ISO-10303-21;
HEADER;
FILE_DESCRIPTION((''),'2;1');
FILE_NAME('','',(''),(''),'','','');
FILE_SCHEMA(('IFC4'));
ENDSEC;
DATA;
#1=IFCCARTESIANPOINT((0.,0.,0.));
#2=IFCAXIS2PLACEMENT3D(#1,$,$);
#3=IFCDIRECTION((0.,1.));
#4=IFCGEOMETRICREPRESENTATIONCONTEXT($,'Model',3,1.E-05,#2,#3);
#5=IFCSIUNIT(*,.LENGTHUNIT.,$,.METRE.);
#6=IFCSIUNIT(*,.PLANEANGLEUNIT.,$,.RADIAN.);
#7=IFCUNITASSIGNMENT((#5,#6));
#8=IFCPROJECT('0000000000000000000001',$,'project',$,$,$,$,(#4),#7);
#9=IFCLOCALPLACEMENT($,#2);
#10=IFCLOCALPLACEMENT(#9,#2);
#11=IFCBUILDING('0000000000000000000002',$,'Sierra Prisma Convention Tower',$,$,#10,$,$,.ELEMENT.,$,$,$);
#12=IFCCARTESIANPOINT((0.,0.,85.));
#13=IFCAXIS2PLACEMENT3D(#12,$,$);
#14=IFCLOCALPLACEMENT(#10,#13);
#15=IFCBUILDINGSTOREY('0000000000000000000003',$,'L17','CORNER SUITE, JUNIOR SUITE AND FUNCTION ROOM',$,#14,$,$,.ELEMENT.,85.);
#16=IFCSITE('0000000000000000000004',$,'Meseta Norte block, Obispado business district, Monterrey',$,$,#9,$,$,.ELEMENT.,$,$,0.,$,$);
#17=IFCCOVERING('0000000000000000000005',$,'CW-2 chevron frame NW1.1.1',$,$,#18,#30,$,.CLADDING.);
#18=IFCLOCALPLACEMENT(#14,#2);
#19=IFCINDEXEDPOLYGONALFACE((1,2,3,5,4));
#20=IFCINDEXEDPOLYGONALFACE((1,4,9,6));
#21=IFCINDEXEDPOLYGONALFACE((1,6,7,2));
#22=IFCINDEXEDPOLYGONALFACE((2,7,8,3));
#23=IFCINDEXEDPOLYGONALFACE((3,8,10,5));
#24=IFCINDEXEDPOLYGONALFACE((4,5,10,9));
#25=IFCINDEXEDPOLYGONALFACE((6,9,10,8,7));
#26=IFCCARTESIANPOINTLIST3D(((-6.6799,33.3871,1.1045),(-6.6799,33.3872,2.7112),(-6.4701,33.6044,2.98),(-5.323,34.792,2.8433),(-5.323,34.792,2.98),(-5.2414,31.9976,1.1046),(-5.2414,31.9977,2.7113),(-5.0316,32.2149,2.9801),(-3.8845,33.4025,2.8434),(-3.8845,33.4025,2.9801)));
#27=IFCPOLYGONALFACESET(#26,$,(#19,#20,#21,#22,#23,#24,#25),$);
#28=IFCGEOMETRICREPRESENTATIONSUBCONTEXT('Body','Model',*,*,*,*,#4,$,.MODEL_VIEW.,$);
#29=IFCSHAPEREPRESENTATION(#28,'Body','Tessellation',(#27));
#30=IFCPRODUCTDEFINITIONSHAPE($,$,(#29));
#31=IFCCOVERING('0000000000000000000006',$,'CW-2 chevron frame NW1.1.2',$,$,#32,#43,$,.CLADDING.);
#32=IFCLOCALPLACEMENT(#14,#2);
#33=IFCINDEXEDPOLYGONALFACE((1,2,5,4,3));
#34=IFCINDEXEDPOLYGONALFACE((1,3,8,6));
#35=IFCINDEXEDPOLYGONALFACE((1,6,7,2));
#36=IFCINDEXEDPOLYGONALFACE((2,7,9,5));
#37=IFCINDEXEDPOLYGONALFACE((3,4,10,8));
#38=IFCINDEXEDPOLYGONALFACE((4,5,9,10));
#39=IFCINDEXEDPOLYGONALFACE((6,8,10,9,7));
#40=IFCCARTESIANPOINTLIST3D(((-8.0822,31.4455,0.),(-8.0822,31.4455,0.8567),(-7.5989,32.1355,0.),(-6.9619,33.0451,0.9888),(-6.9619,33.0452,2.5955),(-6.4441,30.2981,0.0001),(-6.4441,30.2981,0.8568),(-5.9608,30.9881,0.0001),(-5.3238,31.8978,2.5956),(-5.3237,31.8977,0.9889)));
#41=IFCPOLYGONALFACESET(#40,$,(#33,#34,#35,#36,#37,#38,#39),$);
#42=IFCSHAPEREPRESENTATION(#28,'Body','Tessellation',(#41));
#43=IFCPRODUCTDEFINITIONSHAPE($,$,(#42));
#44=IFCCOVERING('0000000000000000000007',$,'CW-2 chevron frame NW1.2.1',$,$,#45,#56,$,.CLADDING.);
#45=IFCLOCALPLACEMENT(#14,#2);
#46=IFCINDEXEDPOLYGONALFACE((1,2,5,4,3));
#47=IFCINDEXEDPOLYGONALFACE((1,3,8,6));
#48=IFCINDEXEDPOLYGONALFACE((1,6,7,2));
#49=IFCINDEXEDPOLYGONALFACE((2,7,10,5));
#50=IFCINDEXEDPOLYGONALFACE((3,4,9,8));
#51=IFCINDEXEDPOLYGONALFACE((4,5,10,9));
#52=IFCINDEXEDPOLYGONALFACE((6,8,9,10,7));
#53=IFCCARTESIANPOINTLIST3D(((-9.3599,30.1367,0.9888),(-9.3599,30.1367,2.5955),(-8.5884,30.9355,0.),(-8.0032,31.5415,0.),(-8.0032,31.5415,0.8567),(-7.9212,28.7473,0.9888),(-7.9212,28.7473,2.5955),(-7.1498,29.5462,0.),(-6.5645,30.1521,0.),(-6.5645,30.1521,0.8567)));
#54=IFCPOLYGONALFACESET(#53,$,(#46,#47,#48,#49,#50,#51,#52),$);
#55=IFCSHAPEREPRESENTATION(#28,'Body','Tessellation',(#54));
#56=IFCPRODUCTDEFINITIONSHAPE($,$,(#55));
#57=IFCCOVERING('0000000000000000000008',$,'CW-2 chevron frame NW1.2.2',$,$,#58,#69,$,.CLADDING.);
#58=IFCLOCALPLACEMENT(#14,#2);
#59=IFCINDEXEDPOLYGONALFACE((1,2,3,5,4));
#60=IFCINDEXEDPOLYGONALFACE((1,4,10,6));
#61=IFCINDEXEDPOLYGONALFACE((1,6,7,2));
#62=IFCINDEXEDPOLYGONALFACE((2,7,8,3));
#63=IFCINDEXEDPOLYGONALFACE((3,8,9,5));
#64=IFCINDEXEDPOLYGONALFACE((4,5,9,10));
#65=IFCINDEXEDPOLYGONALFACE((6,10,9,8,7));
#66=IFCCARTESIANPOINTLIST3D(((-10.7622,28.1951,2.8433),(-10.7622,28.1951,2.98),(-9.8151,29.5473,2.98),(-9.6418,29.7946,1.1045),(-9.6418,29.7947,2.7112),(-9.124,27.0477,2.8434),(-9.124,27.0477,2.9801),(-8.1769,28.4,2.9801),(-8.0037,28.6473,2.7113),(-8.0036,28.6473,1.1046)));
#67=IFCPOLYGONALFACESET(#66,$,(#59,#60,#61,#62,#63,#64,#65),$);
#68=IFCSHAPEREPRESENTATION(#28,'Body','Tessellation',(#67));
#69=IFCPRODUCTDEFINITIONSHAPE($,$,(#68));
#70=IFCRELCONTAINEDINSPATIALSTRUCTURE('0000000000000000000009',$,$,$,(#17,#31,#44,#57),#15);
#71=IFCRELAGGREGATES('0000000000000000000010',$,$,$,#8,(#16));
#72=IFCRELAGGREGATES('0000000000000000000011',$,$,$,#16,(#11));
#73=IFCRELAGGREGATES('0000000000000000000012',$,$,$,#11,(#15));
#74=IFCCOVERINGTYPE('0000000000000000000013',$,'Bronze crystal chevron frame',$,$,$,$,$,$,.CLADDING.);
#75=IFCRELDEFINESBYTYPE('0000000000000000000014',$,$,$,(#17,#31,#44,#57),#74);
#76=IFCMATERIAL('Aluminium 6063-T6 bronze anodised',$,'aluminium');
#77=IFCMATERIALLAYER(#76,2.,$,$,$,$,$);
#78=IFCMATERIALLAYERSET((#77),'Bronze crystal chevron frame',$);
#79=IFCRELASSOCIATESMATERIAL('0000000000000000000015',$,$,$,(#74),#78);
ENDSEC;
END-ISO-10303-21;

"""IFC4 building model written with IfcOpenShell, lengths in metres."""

from ifc_helpers import new_model, si_unit, direction, frame, origin, place, context, subcontext, project, spatial, polyline, outline, extrude, material, layer, layer_set, type_object, element, save


model = new_model("IFC4")

# Units and contexts
model_context = context("Model", 3, precision=1e-05, world=origin(), true_north=direction((0.0, 1.0)))
body_context = subcontext(model_context, "Body", "Model", "MODEL_VIEW")
ifc_project = project(units=[si_unit("LENGTHUNIT", "METRE"), si_unit("PLANEANGLEUNIT", "RADIAN")], contexts=[model_context])

# Site, building, storey
site_placement = place(None, origin())
site = spatial("IfcSite", under=ifc_project, at=site_placement, Name="Meseta Norte block, Obispado business district, Monterrey", CompositionType="ELEMENT", RefElevation=0.0)
building_placement = place(site_placement, origin())
building = spatial("IfcBuilding", under=site, at=building_placement, Name="Sierra Prisma Convention Tower", CompositionType="ELEMENT")
storey_placement = place(building_placement, frame((0.0, 0.0, 85.0)))
storey = spatial("IfcBuildingStorey", under=building, at=storey_placement, Name="L17", Description="CORNER SUITE, JUNIOR SUITE AND FUNCTION ROOM", CompositionType="ELEMENT", Elevation=85.0)

# Coverings
ifc_material_1 = material(Name="Aluminium 6063-T6 bronze anodised", Category="aluminium")
ifc_layer_1 = layer(ifc_material_1, 2.0)
ifc_layer_set_1 = layer_set([ifc_layer_1], Name="Bronze crystal chevron frame")
covering_type = type_object("IfcCoveringType", Name="Bronze crystal chevron frame", PredefinedType="CLADDING", material=ifc_layer_set_1)
covering_1_placement = place(storey_placement, frame((-5.323, 34.792, 2.98), z_axis=(-0.719245, 0.694757, -0.000061), x_axis=(0.000044, -0.000042, -1.0)))
element("IfcCovering", 1, at=covering_1_placement, inside=storey, type_object=covering_type, Name="CW-2 chevron frame NW1.1.1", PredefinedType="CLADDING", context=body_context, shape_type="SweptSolid", body=[
    extrude(outline(polyline([(0.0, 0.0), (0.1367, 0.0), (1.8755, 1.9531), (0.2688, 1.9531), (0.0, 1.6511), (0.0, 0.0)])), origin(), (0.0, 0.0, -1.0), 2.0),
])
covering_2_placement = place(storey_placement, frame((-6.9619, 33.0452, 2.5955), z_axis=(-0.819066, 0.5737, -0.000047), x_axis=(0.000038, -0.000027, -1.0)))
element("IfcCovering", 2, at=covering_2_placement, inside=storey, type_object=covering_type, Name="CW-2 chevron frame NW1.1.2", PredefinedType="CLADDING", context=body_context, shape_type="SweptSolid", body=[
    extrude(outline(polyline([(0.0, 0.0), (1.6067, 0.0), (2.5955, 1.1105), (2.5955, 1.9529), (1.7388, 1.9529), (0.0, 0.0)])), origin(), (0.0, 0.0, -1.0), 2.0),
])
covering_3_placement = place(storey_placement, frame((-8.5884, 30.9355, 0.0), z_axis=(-0.719314, 0.694685, -0.000001), x_axis=(-0.51884, -0.537233, 0.664971)))
element("IfcCovering", 3, at=covering_3_placement, inside=storey, type_object=covering_type, Name="CW-2 chevron frame NW1.2.1", PredefinedType="CLADDING", context=body_context, shape_type="SweptSolid", body=[
    extrude(outline(polyline([(0.0, 0.0), (1.4869, 0.0), (2.5553, 1.2), (-0.0595, 1.2), (-0.6292, 0.5602), (0.0, 0.0)])), origin(), (0.0, 0.0, -1.0), 2.0),
])
covering_4_placement = place(storey_placement, frame((-10.7622, 28.1951, 2.98), z_axis=(-0.819083, 0.573675, -0.000051), x_axis=(0.573675, 0.819083, 0.0)))
element("IfcCovering", 4, at=covering_4_placement, inside=storey, type_object=covering_type, Name="CW-2 chevron frame NW1.2.2", PredefinedType="CLADDING", context=body_context, shape_type="SweptSolid", body=[
    extrude(outline(polyline([(0.0, 0.0), (1.6509, 0.0), (1.9529, 0.2688), (1.9529, 1.8755), (0.0, 0.1367), (0.0, 0.0)])), origin(), (0.0, 0.0, -1.0), 2.0),
])

save(model, "model.ifc")
